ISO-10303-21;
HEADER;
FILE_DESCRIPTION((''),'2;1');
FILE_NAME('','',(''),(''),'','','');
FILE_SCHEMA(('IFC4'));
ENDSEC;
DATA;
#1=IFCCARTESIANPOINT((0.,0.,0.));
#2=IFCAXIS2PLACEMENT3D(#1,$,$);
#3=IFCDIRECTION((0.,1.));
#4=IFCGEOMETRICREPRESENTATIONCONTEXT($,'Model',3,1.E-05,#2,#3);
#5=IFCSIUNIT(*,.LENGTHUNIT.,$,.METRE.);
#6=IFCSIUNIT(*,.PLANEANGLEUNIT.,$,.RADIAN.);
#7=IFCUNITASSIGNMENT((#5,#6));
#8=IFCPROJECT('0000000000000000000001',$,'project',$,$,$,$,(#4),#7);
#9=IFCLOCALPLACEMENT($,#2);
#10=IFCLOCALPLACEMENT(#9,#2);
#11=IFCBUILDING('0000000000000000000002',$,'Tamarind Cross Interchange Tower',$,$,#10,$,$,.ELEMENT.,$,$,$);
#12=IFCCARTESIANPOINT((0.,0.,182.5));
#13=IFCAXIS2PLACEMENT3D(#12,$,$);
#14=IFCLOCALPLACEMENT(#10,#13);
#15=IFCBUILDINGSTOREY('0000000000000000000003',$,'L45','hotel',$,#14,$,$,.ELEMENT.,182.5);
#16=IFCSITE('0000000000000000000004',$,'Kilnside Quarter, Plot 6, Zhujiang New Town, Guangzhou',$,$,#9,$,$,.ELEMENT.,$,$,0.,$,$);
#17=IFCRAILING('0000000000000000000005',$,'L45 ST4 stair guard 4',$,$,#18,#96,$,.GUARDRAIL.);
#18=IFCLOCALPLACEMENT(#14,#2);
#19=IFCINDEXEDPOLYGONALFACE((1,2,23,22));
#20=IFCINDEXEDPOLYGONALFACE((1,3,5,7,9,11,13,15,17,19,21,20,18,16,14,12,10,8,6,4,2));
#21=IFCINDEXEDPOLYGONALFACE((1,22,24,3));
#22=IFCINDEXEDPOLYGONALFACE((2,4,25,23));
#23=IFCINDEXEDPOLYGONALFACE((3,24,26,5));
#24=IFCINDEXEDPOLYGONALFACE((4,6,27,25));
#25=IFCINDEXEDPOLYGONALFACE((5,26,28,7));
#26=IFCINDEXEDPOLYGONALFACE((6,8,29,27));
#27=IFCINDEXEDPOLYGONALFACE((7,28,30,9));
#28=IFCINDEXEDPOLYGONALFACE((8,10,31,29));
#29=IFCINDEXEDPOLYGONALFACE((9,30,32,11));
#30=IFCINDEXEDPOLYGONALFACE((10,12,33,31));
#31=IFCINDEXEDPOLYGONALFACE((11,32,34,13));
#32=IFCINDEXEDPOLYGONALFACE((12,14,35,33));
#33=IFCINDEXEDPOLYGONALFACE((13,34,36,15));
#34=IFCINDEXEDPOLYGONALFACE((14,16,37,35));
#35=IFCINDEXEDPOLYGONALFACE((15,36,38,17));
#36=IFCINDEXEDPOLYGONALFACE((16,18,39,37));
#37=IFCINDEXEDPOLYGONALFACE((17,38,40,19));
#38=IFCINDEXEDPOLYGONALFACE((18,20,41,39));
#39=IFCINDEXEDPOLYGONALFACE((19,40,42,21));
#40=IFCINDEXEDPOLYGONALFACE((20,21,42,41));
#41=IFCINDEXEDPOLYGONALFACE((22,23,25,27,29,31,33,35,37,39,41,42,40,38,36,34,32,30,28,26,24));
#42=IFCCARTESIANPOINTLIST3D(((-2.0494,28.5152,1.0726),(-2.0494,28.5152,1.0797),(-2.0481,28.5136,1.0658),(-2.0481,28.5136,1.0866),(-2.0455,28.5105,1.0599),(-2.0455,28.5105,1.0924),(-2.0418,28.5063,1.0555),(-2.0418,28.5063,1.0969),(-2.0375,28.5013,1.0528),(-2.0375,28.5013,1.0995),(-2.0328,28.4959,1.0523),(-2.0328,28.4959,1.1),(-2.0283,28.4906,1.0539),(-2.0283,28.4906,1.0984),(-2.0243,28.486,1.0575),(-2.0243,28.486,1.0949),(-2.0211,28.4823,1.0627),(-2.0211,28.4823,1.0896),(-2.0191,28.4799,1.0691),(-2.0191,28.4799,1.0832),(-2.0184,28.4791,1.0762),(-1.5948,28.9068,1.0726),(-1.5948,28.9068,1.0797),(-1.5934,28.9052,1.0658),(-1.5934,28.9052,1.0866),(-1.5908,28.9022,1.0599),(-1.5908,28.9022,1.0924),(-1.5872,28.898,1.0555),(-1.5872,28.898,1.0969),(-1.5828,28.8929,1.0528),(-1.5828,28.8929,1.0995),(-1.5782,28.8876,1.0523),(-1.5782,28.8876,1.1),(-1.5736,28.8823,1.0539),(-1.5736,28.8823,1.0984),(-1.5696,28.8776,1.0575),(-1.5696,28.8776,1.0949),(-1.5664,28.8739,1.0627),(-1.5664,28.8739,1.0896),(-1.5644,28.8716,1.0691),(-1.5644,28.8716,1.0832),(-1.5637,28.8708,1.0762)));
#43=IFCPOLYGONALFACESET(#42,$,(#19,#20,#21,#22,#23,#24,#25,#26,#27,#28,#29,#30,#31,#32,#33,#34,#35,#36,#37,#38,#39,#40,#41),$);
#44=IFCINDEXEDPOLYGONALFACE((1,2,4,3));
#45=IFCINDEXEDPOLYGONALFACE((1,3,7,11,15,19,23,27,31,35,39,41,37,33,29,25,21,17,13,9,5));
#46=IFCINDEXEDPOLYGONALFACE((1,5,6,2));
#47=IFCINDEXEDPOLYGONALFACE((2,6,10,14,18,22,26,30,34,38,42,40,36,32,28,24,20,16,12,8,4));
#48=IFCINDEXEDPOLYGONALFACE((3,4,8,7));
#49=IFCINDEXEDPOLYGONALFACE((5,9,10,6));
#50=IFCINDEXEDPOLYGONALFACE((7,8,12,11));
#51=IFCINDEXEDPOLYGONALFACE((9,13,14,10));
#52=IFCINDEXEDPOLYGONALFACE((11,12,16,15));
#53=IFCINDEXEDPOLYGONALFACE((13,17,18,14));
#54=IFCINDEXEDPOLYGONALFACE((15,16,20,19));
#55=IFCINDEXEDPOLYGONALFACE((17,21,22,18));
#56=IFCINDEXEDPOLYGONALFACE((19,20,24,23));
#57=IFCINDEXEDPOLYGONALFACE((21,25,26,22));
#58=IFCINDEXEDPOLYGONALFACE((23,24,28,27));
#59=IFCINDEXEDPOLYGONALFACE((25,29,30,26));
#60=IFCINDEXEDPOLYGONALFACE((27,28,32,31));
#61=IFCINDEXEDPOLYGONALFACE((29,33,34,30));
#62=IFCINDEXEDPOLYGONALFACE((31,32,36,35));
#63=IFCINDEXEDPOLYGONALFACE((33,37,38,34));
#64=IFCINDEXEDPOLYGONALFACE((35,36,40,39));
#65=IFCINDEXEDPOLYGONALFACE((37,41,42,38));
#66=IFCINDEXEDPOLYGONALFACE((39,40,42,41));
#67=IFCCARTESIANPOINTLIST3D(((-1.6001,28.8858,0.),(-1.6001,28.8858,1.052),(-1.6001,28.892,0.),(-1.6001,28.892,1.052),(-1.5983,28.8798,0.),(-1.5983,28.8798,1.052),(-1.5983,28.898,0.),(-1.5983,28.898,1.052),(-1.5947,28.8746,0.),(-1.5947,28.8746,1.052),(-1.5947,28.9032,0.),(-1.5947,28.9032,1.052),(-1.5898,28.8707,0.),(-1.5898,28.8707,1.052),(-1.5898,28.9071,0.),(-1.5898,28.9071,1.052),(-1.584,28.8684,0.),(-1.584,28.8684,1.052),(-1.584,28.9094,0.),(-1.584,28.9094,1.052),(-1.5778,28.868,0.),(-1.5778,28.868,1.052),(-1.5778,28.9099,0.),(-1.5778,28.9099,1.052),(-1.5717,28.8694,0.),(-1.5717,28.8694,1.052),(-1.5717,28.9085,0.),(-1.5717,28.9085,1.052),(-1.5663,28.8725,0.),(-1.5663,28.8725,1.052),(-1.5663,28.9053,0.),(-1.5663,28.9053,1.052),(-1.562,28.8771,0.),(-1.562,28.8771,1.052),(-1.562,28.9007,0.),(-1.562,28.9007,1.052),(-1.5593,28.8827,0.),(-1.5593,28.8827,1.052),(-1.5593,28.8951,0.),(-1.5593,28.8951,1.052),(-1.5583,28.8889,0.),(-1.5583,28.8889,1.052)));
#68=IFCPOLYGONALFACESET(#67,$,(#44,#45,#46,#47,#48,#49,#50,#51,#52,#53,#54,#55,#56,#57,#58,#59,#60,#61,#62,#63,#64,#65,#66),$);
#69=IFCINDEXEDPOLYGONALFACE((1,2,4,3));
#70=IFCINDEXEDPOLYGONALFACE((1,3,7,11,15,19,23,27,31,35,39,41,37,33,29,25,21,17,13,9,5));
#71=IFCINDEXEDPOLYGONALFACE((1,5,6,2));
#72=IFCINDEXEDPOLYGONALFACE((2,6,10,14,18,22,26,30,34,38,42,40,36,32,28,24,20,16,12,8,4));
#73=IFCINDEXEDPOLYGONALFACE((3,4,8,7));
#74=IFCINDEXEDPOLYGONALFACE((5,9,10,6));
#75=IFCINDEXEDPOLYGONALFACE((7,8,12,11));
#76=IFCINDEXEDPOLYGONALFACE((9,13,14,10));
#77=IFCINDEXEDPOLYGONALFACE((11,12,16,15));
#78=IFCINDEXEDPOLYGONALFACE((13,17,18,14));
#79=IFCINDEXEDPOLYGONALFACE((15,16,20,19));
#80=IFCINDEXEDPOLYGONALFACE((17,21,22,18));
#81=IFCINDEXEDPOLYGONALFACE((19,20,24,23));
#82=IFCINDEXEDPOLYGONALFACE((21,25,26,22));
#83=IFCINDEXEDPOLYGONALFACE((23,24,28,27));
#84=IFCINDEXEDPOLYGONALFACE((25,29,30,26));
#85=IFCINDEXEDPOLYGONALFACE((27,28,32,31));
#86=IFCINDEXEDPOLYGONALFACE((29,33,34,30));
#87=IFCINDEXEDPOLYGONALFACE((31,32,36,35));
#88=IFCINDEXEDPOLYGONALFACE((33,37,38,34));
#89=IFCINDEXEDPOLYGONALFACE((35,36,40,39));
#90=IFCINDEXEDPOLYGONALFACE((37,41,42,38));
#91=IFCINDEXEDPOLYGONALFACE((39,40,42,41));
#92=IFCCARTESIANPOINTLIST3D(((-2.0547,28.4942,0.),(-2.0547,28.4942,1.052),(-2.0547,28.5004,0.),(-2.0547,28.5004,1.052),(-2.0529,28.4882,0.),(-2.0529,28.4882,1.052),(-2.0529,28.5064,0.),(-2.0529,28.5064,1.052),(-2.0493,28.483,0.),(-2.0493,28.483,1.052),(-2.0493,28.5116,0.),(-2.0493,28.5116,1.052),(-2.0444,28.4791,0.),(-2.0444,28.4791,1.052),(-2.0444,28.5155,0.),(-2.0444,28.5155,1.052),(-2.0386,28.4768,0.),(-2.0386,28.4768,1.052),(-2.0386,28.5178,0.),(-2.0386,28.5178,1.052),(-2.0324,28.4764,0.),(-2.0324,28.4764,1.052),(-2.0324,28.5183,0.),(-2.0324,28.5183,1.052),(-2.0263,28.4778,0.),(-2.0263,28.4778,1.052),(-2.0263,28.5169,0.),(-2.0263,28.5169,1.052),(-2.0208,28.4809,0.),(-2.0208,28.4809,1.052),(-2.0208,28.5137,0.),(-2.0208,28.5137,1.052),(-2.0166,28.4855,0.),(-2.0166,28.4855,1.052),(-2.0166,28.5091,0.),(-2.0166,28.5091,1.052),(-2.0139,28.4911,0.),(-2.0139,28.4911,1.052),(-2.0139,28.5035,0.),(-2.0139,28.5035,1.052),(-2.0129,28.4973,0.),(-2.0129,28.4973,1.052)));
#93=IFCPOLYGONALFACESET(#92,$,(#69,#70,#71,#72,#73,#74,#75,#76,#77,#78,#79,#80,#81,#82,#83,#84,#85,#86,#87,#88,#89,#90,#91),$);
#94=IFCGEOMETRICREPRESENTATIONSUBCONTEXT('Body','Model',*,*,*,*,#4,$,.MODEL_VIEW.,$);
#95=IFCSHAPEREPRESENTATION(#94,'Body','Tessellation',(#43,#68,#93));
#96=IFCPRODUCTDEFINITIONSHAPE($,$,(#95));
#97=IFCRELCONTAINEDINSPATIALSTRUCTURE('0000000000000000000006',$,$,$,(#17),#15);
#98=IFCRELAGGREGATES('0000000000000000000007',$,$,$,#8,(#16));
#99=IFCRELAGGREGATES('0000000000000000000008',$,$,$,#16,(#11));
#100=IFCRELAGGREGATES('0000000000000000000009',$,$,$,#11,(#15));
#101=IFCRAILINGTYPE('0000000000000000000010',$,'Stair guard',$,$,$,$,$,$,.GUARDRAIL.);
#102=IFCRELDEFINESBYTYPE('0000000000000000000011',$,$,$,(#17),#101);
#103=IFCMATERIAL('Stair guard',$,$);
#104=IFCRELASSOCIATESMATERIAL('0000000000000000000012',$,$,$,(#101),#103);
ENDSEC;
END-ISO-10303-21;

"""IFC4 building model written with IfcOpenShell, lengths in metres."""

from ifc_helpers import new_model, si_unit, direction, frame, origin, origin_2d, place, context, subcontext, project, spatial, circle, extrude, material, type_object, element, save


model = new_model("IFC4")

# Units and contexts
model_context = context("Model", 3, precision=1e-05, world=origin(), true_north=direction((0.0, 1.0)))
body_context = subcontext(model_context, "Body", "Model", "MODEL_VIEW")
ifc_project = project(units=[si_unit("LENGTHUNIT", "METRE"), si_unit("PLANEANGLEUNIT", "RADIAN")], contexts=[model_context])

# Site, building, storey
site_placement = place(None, origin())
site = spatial("IfcSite", under=ifc_project, at=site_placement, Name="Kilnside Quarter, Plot 6, Zhujiang New Town, Guangzhou", CompositionType="ELEMENT", RefElevation=0.0)
building_placement = place(site_placement, origin())
building = spatial("IfcBuilding", under=site, at=building_placement, Name="Tamarind Cross Interchange Tower", CompositionType="ELEMENT")
storey_placement = place(building_placement, frame((0.0, 0.0, 182.5)))
storey = spatial("IfcBuildingStorey", under=building, at=storey_placement, Name="L45", Description="hotel", CompositionType="ELEMENT", Elevation=182.5)

# Railing
ifc_material_1 = material(Name="Stair guard")
railing_type_1 = type_object("IfcRailingType", Name="Stair guard", PredefinedType="GUARDRAIL", material=ifc_material_1)
railing_1_placement = place(storey_placement, frame((-1.5793, 28.8889, 0.0)))
element("IfcRailing", 1, at=railing_1_placement, inside=storey, type_object=railing_type_1, Name="L45 ST4 stair guard 4", PredefinedType="GUARDRAIL", context=body_context, shape_type="SweptSolid", body=[
    extrude(circle(Radius=0.0239, at=origin_2d()), frame((0.0, 0.0, 1.0762), z_axis=(-0.757646, -0.652666, 0.0), x_axis=(0.652666, -0.757646, 0.0)), (0.0, 0.0, 1.0), 0.6001),
    extrude(circle(Radius=0.021, at=origin_2d()), origin(), (0.0, 0.0, 1.0), 1.052),
    extrude(circle(Radius=0.021, at=origin_2d()), frame((-0.4546, -0.3916, 0.0)), (0.0, 0.0, 1.0), 1.052),
])

save(model, "model.ifc")
